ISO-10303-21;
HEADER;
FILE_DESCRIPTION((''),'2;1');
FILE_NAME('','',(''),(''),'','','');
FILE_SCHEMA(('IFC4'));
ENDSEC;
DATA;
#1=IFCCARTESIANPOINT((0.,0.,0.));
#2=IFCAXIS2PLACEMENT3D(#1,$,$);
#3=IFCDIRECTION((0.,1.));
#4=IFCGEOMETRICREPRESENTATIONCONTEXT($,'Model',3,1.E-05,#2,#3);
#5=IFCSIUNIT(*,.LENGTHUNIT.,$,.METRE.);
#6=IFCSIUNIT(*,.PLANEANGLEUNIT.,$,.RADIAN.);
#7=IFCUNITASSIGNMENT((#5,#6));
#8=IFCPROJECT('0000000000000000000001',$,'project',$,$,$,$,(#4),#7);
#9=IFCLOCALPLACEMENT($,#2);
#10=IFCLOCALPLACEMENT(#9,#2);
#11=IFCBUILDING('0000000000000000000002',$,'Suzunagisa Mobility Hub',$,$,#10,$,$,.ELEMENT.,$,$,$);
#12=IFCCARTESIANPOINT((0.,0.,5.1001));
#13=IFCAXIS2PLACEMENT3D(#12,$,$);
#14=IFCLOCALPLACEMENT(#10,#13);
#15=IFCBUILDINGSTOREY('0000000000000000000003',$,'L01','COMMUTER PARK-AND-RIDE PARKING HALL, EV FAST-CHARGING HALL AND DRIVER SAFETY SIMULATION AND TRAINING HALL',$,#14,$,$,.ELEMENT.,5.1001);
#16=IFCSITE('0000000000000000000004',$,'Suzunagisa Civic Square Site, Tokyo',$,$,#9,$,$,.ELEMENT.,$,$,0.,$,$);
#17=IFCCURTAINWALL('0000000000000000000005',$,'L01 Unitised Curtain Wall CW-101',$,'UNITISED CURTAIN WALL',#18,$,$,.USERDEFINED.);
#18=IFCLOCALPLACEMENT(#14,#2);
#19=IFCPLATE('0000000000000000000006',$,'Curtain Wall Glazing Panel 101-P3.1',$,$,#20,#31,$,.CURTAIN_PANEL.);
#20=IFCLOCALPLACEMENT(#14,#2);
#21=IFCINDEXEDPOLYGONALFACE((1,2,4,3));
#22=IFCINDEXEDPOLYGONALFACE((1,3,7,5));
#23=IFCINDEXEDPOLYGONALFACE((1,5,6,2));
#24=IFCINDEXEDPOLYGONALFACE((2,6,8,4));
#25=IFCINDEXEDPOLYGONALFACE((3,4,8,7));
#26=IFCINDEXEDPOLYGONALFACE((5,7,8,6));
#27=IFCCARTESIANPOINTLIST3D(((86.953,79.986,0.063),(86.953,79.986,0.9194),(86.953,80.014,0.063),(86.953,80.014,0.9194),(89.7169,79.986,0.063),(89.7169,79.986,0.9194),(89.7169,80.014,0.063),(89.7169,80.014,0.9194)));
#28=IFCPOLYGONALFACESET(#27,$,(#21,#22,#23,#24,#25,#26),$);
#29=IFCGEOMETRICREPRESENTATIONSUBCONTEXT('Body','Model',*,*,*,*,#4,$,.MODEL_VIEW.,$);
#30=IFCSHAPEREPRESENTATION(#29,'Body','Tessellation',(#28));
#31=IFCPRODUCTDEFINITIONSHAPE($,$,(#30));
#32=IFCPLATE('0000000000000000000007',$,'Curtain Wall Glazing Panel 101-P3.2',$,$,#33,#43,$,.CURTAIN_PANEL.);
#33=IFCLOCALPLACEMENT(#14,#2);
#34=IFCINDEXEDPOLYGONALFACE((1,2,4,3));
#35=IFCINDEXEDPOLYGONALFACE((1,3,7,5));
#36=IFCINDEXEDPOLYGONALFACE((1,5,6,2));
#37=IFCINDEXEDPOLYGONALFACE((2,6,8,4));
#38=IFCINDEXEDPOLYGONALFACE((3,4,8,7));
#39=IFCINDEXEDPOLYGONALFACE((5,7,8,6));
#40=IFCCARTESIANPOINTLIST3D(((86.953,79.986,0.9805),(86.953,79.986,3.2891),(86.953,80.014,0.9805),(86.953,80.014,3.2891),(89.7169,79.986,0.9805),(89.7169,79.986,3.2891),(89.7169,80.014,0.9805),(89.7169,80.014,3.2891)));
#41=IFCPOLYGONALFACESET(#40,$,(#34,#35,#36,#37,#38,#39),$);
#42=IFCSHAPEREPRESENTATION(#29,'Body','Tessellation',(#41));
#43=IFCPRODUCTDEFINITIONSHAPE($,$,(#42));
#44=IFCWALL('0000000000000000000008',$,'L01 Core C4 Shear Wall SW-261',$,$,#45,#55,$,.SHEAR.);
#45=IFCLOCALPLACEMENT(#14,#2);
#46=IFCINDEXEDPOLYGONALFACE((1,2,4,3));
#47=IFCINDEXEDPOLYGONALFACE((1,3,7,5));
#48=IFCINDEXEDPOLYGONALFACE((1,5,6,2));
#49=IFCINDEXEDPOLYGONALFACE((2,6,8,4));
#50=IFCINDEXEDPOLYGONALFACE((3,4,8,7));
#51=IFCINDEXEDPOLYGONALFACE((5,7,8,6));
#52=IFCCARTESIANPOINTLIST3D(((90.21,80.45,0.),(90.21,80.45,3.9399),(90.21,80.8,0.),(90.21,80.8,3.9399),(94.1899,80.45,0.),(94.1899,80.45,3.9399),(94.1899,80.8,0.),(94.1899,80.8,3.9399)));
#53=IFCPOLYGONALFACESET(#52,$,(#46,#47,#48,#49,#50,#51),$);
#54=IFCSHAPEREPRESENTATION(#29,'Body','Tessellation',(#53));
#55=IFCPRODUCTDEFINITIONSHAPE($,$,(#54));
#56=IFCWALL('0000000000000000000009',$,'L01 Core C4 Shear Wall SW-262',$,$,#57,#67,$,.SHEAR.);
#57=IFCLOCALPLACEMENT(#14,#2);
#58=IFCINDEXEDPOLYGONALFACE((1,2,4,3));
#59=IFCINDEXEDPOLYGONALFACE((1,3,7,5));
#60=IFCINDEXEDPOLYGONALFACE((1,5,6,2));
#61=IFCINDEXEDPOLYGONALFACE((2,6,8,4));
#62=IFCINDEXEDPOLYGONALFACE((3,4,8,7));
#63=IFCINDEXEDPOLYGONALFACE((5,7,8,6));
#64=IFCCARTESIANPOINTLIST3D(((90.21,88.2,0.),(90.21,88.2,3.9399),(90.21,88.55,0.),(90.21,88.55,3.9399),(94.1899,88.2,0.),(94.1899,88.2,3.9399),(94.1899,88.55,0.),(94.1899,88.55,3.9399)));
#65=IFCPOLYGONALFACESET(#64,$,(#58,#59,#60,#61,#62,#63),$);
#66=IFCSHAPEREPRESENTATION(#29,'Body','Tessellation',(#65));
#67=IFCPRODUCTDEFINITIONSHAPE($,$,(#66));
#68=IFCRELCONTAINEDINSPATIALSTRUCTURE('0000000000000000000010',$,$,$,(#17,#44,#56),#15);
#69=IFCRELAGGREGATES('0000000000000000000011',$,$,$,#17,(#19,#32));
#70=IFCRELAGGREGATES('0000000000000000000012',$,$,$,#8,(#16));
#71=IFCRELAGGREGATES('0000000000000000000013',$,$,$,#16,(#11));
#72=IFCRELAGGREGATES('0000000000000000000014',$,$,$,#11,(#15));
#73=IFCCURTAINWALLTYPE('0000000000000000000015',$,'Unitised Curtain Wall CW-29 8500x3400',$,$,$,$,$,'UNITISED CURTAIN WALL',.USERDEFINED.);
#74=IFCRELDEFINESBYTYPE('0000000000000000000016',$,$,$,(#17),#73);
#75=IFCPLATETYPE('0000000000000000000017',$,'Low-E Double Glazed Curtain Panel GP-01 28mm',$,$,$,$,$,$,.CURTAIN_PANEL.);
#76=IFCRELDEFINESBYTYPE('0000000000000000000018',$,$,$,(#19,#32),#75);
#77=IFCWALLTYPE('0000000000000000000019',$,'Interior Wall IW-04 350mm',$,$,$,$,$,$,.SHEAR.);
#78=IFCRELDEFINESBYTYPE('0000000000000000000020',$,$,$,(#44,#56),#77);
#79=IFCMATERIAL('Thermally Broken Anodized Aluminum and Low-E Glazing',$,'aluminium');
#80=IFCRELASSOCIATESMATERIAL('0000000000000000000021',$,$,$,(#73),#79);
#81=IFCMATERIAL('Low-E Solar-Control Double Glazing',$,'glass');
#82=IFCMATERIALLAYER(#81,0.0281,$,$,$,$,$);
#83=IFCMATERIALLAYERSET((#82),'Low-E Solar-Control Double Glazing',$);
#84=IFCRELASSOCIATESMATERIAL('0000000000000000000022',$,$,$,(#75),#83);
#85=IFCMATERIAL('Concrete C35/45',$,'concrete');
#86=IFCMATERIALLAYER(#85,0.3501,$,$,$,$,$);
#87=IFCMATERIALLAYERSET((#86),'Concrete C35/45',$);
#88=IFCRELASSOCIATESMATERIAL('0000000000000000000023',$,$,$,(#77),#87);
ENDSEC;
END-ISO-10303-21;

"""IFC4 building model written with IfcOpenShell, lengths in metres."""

from ifc_helpers import new_model, si_unit, direction, frame, frame_2d, origin, origin_2d, place, context, subcontext, project, spatial, rectangle, extrude, material, layer, layer_set, type_object, element, aggregate, save


model = new_model("IFC4")

# Units and contexts
model_context = context("Model", 3, precision=1e-05, world=origin(), true_north=direction((0.0, 1.0)))
body_context = subcontext(model_context, "Body", "Model", "MODEL_VIEW")
ifc_project = project(units=[si_unit("LENGTHUNIT", "METRE"), si_unit("PLANEANGLEUNIT", "RADIAN")], contexts=[model_context])

# Site, building, storey
site_placement = place(None, origin())
site = spatial("IfcSite", under=ifc_project, at=site_placement, Name="Suzunagisa Civic Square Site, Tokyo", CompositionType="ELEMENT", RefElevation=0.0)
building_placement = place(site_placement, origin())
building = spatial("IfcBuilding", under=site, at=building_placement, Name="Suzunagisa Mobility Hub", CompositionType="ELEMENT")
storey_placement = place(building_placement, frame((0.0, 0.0, 5.1001)))
storey = spatial("IfcBuildingStorey", under=building, at=storey_placement, Name="L01", Description="COMMUTER PARK-AND-RIDE PARKING HALL, EV FAST-CHARGING HALL AND DRIVER SAFETY SIMULATION AND TRAINING HALL", CompositionType="ELEMENT", Elevation=5.1001)

# Curtain wall
ifc_material_1 = material(Name="Thermally Broken Anodized Aluminum and Low-E Glazing", Category="aluminium")
curtain_wall_type = type_object("IfcCurtainWallType", Name="Unitised Curtain Wall CW-29 8500x3400", ElementType="UNITISED CURTAIN WALL", PredefinedType="USERDEFINED", material=ifc_material_1)
curtain_wall_placement = place(storey_placement, origin())
curtain_wall = element("IfcCurtainWall", 1, at=curtain_wall_placement, inside=storey, type_object=curtain_wall_type, Name="L01 Unitised Curtain Wall CW-101", ObjectType="UNITISED CURTAIN WALL", PredefinedType="USERDEFINED")

# Plates
ifc_material_2 = material(Name="Low-E Solar-Control Double Glazing", Category="glass")
ifc_layer_1 = layer(ifc_material_2, 0.0281)
ifc_layer_set_1 = layer_set([ifc_layer_1], Name="Low-E Solar-Control Double Glazing")
plate_type = type_object("IfcPlateType", Name="Low-E Double Glazed Curtain Panel GP-01 28mm", PredefinedType="CURTAIN_PANEL", material=ifc_layer_set_1)
plate_1_placement = place(storey_placement, frame((88.335, 80.0, 0.063), z_axis=(0.0, 0.0, 1.0), x_axis=(1.0, 0.0, 0.0)))
plate_1 = element("IfcPlate", 2, at=plate_1_placement, type_object=plate_type, Name="Curtain Wall Glazing Panel 101-P3.1", PredefinedType="CURTAIN_PANEL", context=body_context, shape_type="SweptSolid", body=[
    extrude(rectangle(XDim=2.7639, YDim=0.0281, at=origin_2d()), origin(), (0.0, 0.0, 1.0), 0.8564),
])
plate_2_placement = place(storey_placement, frame((88.335, 80.0, 0.9805), z_axis=(0.0, 0.0, 1.0), x_axis=(1.0, 0.0, 0.0)))
plate_2 = element("IfcPlate", 3, at=plate_2_placement, type_object=plate_type, Name="Curtain Wall Glazing Panel 101-P3.2", PredefinedType="CURTAIN_PANEL", context=body_context, shape_type="SweptSolid", body=[
    extrude(rectangle(XDim=2.7639, YDim=0.0281, at=origin_2d()), origin(), (0.0, 0.0, 1.0), 2.3086),
])
aggregate(curtain_wall, [plate_1, plate_2])

# Walls
ifc_material_3 = material(Name="Concrete C35/45", Category="concrete")
ifc_layer_2 = layer(ifc_material_3, 0.3501)
ifc_layer_set_2 = layer_set([ifc_layer_2], Name="Concrete C35/45")
wall_type = type_object("IfcWallType", Name="Interior Wall IW-04 350mm", PredefinedType="SHEAR", material=ifc_layer_set_2)
for number, where, z_axis, x_axis, name in (
    (4, (90.21, 80.625, 0.0), (0.0, 0.0, 1.0), (1.0, 0.0, 0.0), "L01 Core C4 Shear Wall SW-261"),
    (5, (90.21, 88.375, 0.0), (0.0, 0.0, 1.0), (1.0, 0.0, 0.0), "L01 Core C4 Shear Wall SW-262"),
):
    element("IfcWall", number, at=place(storey_placement, frame(where, z_axis=z_axis, x_axis=x_axis)), inside=storey, type_object=wall_type, Name=name, PredefinedType="SHEAR", context=body_context, shape_type="SweptSolid", body=[
        extrude(rectangle(XDim=3.98, YDim=0.3501, at=frame_2d((1.99, 0.0))), origin(), (0.0, 0.0, 1.0), 3.9399),
    ])

save(model, "model.ifc")
